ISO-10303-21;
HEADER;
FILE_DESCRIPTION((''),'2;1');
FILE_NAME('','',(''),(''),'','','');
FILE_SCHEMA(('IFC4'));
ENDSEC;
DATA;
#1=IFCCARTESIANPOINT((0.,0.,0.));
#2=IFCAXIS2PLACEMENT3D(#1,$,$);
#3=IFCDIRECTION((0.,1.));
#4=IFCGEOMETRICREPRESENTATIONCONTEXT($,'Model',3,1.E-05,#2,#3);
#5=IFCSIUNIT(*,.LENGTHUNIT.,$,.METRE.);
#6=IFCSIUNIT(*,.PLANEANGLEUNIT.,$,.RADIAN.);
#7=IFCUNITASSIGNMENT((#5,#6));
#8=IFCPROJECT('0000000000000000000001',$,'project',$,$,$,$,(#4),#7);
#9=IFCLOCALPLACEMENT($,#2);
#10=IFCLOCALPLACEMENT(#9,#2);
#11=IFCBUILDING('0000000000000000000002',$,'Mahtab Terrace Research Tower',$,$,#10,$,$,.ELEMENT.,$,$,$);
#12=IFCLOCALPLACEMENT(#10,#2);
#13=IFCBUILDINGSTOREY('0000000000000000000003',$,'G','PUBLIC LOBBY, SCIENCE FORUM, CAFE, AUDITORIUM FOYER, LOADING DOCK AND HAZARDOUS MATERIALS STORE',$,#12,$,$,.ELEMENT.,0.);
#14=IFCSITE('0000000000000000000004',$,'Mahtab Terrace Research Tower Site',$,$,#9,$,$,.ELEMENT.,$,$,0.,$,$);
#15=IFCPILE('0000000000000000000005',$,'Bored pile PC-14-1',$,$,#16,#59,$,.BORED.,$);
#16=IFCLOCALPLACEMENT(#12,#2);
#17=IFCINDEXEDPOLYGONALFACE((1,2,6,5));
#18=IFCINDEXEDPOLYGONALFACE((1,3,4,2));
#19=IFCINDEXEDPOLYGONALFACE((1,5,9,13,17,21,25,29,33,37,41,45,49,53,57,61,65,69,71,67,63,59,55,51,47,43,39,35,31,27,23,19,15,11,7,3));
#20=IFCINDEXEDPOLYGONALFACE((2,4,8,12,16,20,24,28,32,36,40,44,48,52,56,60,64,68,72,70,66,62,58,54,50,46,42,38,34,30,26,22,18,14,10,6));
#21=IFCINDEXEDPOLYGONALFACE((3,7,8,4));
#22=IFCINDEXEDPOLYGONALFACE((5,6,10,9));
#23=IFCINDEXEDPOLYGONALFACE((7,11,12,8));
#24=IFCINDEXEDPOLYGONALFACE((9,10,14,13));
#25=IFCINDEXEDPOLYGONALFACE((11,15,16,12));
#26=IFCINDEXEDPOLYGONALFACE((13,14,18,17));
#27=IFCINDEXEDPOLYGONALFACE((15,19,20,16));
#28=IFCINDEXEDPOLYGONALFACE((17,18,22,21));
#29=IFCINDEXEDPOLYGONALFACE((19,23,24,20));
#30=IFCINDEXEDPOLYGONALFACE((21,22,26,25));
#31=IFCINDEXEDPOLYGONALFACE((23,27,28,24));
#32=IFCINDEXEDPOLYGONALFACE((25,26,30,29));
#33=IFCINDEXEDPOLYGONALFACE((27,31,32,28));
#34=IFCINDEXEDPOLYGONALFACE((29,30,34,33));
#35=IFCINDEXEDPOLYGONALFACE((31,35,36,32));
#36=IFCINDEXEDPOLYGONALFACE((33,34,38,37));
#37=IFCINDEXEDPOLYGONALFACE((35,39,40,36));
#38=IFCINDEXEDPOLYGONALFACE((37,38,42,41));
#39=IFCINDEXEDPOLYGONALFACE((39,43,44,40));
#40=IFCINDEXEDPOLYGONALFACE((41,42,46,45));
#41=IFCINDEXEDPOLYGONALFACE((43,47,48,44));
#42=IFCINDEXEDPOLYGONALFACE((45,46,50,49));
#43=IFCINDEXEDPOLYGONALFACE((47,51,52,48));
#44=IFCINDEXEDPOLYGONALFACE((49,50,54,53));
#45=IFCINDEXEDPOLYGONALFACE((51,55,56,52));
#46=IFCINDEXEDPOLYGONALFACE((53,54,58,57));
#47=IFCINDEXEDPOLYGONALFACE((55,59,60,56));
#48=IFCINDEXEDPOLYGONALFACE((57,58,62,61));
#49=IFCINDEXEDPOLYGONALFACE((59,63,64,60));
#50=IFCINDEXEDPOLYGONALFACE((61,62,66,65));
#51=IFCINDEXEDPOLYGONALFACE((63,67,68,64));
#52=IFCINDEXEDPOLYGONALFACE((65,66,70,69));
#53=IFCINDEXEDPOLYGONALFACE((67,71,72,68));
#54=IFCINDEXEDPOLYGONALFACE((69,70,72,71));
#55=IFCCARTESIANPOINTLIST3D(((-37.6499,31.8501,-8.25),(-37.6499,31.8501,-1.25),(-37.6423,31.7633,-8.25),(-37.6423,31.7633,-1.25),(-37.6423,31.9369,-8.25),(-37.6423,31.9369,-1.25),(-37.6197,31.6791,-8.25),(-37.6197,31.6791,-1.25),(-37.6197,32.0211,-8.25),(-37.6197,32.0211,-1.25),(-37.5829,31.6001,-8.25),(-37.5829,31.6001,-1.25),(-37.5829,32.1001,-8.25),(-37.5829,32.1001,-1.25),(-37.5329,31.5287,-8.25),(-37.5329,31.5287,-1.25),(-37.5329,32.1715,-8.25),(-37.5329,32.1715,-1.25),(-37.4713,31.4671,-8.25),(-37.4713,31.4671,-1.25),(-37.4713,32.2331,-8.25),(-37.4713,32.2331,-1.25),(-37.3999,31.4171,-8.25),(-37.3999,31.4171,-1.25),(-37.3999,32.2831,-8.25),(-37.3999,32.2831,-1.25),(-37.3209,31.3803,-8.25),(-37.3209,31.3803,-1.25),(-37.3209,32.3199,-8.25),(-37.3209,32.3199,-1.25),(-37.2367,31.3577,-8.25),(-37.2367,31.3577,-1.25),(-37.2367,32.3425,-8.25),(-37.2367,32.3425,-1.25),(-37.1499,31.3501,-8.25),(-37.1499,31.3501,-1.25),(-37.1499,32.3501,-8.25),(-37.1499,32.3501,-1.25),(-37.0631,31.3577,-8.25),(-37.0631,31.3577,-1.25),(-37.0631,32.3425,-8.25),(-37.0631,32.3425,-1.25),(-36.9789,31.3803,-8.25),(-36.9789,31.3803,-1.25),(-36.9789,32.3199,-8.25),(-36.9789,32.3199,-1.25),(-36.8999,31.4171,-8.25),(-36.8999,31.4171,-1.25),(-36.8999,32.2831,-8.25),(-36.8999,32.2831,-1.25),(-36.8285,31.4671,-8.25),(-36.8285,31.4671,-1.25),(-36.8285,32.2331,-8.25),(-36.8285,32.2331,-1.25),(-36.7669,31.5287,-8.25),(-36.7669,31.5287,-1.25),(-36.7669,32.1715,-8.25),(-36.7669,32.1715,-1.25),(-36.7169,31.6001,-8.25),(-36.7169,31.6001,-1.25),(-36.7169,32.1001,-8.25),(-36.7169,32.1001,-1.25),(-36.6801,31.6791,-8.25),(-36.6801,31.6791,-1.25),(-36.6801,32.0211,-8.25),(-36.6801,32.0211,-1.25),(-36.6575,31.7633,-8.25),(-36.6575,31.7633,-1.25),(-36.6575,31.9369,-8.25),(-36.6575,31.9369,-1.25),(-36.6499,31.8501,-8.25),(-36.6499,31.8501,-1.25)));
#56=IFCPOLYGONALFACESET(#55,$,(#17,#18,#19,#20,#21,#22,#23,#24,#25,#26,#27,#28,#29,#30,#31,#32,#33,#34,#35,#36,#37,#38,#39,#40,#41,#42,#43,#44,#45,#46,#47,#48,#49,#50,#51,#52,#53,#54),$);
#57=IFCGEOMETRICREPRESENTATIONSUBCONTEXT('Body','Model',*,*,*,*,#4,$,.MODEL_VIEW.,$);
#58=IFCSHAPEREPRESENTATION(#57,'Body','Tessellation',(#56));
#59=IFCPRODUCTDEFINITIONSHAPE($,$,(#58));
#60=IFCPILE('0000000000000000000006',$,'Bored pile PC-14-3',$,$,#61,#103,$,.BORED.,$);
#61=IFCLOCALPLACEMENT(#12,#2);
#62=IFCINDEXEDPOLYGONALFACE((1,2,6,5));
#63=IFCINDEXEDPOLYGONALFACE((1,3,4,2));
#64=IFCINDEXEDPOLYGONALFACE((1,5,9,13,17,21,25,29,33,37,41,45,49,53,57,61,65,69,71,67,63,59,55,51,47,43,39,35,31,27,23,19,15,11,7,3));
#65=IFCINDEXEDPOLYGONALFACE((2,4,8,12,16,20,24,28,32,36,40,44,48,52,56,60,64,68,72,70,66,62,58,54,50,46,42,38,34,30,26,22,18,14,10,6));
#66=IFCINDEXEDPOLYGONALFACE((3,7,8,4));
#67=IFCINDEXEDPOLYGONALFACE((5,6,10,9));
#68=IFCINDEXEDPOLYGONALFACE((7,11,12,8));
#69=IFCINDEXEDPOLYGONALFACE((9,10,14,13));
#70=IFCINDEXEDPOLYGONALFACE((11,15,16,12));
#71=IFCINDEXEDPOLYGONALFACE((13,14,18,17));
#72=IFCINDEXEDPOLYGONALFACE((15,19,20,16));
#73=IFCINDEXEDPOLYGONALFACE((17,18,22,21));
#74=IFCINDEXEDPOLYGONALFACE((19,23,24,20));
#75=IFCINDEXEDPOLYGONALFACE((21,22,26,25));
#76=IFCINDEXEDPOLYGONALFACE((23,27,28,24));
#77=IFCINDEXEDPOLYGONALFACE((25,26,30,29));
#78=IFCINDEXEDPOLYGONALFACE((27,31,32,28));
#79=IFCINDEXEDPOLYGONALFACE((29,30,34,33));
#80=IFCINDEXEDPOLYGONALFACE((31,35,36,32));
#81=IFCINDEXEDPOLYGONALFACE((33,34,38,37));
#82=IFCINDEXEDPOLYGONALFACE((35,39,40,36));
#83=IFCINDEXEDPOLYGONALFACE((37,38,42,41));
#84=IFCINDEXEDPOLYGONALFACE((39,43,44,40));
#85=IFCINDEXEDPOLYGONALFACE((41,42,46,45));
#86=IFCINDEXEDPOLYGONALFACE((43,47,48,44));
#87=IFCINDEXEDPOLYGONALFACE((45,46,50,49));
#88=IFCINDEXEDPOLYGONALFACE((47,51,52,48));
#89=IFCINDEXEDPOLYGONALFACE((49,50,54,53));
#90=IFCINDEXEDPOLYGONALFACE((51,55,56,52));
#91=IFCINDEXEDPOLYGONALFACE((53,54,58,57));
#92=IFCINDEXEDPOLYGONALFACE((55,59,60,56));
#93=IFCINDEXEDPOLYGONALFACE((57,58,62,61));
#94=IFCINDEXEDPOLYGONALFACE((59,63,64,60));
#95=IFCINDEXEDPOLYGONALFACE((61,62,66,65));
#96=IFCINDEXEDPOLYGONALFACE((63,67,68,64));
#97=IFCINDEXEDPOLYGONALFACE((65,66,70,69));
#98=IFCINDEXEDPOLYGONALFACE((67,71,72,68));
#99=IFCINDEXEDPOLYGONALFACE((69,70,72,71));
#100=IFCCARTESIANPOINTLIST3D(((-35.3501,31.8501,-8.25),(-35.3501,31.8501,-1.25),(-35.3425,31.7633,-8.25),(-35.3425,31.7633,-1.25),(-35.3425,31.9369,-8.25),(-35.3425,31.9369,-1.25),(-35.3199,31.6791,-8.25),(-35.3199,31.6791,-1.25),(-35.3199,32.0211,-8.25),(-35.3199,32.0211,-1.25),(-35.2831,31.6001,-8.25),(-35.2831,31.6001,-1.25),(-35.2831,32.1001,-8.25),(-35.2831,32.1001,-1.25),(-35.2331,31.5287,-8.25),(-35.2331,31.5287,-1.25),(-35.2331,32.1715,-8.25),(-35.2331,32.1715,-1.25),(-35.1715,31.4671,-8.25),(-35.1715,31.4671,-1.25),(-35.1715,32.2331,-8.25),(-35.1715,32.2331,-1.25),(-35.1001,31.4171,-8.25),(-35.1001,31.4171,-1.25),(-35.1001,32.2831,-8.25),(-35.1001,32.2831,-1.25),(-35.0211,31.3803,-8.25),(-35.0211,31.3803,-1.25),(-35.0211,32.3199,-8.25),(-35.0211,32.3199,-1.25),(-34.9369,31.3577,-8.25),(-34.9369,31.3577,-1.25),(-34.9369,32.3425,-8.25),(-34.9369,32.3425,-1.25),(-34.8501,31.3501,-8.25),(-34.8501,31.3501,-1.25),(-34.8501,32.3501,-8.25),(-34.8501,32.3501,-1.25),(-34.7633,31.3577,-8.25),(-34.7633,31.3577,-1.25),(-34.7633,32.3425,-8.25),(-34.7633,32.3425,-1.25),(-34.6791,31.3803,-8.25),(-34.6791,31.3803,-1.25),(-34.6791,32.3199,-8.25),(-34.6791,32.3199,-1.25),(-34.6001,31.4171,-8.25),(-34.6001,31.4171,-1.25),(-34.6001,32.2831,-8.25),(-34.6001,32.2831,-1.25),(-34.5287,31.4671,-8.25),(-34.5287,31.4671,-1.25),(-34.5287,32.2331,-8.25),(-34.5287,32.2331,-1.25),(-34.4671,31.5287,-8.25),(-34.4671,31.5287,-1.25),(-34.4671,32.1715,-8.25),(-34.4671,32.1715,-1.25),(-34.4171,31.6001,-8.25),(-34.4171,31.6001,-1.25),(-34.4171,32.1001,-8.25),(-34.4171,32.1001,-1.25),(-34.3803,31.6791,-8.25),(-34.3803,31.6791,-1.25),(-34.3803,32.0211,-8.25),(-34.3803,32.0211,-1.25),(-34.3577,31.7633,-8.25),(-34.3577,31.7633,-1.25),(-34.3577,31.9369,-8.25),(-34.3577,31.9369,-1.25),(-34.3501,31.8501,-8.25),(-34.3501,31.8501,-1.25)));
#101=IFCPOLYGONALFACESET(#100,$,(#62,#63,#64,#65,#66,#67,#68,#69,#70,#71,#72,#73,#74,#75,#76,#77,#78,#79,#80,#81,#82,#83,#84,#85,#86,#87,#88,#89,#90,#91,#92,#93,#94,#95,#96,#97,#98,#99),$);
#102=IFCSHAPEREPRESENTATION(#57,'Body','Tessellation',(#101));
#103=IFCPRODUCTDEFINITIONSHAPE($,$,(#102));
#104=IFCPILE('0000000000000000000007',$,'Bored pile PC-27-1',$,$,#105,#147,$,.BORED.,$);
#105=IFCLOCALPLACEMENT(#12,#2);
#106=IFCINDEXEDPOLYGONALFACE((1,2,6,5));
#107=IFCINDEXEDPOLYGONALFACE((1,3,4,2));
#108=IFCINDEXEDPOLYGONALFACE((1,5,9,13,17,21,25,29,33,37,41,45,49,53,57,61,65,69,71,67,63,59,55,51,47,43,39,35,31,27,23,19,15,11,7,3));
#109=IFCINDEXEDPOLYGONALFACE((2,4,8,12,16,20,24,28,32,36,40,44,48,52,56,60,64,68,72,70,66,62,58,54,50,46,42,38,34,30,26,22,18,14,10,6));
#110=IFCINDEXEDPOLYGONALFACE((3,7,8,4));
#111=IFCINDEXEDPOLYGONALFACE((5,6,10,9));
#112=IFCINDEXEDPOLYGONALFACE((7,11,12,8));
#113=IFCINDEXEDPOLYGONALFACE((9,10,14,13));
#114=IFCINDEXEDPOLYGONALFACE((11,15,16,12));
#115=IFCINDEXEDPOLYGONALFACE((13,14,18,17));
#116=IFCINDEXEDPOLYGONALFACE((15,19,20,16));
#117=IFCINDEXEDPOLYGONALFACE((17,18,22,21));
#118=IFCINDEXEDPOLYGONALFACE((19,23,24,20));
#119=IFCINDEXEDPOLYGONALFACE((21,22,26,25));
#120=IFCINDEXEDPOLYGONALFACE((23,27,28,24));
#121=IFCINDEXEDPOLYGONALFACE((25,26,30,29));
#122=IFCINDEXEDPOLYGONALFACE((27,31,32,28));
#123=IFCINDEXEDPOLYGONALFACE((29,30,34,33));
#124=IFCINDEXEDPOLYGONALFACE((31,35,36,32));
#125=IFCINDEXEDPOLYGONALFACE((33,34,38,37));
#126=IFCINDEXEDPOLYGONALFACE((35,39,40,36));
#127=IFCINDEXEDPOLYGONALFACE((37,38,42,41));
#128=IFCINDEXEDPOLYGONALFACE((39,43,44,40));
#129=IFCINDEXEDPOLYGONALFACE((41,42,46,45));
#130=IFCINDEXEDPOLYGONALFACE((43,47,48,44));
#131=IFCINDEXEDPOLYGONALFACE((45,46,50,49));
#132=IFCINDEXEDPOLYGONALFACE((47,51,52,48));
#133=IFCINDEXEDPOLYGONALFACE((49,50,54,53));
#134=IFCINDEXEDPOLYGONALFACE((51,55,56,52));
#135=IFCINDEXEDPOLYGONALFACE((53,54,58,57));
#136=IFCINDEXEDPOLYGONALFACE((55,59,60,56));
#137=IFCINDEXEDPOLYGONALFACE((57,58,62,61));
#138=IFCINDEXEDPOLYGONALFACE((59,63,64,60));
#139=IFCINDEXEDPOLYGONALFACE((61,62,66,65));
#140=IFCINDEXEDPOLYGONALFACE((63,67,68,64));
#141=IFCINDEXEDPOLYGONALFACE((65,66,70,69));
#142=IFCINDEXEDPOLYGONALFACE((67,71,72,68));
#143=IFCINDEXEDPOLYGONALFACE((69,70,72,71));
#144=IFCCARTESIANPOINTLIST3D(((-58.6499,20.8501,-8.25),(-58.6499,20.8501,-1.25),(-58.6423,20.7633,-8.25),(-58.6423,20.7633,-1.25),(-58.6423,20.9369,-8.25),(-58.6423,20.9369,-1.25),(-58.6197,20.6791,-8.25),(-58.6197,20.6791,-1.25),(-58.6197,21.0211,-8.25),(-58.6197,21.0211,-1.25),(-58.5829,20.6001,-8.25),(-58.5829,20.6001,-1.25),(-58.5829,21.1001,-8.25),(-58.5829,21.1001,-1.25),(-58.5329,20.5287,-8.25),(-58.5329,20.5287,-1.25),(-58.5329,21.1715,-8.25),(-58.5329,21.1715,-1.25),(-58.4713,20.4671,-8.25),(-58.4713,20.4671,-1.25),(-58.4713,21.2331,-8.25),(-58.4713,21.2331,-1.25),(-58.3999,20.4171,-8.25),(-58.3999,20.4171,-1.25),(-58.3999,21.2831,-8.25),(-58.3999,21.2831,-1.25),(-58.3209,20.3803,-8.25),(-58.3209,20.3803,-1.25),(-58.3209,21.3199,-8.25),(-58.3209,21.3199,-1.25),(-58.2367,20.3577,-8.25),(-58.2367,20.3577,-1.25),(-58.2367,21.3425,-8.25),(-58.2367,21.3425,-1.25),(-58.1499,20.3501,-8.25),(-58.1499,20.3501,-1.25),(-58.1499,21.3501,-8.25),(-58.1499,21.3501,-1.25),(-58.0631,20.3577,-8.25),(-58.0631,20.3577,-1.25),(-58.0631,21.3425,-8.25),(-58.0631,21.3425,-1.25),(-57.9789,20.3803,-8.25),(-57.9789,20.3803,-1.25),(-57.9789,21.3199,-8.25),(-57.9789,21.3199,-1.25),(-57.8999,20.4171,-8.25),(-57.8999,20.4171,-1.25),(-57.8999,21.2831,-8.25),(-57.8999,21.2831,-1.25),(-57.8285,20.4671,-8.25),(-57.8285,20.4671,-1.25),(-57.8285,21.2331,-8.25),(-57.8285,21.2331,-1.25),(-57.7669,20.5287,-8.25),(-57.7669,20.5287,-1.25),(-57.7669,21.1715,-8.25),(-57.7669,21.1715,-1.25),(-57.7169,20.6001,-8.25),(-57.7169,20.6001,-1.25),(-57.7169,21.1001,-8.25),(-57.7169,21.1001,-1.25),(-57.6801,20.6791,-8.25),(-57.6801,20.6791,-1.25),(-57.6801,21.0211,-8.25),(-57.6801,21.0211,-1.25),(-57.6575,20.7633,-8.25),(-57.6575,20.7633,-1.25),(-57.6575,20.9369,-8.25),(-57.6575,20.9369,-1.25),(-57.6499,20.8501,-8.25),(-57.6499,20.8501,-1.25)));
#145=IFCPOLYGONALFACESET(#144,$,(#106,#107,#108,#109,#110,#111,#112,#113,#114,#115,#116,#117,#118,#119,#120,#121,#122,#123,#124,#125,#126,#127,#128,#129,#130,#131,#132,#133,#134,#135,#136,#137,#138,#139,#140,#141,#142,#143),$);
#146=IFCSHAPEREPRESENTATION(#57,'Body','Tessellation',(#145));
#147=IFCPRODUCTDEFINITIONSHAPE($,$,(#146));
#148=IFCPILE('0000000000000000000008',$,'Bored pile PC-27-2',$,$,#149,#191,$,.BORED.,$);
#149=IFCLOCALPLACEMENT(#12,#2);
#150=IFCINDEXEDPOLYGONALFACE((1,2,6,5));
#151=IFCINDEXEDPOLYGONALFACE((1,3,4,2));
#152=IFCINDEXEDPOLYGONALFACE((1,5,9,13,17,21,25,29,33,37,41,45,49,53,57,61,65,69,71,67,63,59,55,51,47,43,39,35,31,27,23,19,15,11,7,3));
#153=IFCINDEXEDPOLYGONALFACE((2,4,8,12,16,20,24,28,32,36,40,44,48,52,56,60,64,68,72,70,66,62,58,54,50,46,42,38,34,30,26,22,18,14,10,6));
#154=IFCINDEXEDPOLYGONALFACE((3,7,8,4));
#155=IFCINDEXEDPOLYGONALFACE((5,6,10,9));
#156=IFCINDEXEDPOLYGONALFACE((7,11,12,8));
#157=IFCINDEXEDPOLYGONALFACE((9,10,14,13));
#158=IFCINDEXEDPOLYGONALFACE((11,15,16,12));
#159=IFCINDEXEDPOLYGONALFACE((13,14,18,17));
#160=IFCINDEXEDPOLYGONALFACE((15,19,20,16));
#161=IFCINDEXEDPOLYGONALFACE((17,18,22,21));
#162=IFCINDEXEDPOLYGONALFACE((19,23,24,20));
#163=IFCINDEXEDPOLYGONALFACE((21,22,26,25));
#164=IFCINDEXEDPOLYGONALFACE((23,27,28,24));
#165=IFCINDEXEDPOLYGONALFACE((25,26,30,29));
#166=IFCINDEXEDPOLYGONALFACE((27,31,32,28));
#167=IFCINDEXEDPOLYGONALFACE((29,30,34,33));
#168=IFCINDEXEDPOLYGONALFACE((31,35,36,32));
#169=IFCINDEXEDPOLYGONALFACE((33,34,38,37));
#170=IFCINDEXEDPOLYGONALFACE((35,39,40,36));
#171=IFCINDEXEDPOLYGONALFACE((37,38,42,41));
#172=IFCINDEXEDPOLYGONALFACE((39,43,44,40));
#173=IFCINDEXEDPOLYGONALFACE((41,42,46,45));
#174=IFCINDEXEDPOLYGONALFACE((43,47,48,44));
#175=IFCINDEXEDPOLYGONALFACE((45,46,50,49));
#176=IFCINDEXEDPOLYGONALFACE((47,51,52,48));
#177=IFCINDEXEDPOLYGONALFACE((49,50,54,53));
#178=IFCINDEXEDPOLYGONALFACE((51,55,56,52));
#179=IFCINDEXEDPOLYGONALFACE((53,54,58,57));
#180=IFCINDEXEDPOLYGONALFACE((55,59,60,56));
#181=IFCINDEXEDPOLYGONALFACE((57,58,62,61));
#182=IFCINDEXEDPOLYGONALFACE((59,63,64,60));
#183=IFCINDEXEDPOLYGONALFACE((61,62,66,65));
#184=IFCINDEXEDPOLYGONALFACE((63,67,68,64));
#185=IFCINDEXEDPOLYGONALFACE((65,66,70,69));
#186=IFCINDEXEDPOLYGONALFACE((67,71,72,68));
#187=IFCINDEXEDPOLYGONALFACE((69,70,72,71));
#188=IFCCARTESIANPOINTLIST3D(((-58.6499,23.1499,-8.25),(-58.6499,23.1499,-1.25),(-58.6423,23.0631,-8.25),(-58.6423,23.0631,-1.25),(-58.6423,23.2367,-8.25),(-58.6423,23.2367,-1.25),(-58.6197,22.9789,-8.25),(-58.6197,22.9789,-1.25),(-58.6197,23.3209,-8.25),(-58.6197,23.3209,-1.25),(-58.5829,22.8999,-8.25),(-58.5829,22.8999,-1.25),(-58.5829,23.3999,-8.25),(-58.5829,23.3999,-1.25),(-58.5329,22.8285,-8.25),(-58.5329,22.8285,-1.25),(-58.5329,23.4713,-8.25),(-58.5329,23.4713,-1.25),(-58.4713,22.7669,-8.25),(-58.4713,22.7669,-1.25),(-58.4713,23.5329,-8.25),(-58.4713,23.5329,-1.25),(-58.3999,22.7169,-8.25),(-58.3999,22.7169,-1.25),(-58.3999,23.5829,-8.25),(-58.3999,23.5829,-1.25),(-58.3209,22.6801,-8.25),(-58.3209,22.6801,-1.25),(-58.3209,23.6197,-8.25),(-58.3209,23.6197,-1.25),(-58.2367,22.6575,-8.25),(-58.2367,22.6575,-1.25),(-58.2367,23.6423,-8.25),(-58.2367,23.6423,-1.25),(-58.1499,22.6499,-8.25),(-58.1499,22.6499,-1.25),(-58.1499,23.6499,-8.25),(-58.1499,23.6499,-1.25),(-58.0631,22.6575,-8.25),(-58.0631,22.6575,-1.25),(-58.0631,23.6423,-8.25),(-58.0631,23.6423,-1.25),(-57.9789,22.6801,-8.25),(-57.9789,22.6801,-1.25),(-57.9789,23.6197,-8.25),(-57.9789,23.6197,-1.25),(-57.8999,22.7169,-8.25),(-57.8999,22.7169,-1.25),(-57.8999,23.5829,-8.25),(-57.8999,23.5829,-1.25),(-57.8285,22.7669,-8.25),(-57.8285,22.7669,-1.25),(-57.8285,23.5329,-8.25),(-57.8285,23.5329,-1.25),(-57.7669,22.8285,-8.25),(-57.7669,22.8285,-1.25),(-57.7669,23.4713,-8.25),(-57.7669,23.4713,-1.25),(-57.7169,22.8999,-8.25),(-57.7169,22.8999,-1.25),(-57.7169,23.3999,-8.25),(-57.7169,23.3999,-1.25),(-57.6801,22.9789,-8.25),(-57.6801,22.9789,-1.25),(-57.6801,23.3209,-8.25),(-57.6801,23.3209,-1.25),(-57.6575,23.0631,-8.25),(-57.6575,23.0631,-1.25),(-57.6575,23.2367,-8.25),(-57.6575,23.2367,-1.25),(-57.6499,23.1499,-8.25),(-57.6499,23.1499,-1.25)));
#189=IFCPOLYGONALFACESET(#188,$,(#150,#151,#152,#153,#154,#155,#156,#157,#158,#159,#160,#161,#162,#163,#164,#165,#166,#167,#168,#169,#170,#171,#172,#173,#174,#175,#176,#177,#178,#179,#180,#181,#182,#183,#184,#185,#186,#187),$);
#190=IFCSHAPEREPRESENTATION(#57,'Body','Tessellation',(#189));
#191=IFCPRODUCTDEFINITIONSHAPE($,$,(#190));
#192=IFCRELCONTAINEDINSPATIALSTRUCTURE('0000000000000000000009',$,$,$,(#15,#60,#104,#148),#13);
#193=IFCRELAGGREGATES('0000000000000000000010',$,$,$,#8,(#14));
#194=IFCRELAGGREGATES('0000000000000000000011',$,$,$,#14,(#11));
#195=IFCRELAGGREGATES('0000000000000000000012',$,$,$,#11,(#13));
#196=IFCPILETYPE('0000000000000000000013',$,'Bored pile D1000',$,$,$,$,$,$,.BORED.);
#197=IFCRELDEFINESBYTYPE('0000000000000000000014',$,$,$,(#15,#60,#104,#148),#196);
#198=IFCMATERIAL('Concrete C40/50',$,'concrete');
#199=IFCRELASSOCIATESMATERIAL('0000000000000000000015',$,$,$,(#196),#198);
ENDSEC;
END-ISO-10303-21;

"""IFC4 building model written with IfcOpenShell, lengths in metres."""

from ifc_helpers import new_model, si_unit, direction, frame, origin, origin_2d, place, context, subcontext, project, spatial, circle, extrude, material, material_profile, profile_set, type_object, element, save


model = new_model("IFC4")

# Units and contexts
model_context = context("Model", 3, precision=1e-05, world=origin(), true_north=direction((0.0, 1.0)))
body_context = subcontext(model_context, "Body", "Model", "MODEL_VIEW")
ifc_project = project(units=[si_unit("LENGTHUNIT", "METRE"), si_unit("PLANEANGLEUNIT", "RADIAN")], contexts=[model_context])

# Site, building, storey
site_placement = place(None, origin())
site = spatial("IfcSite", under=ifc_project, at=site_placement, Name="Mahtab Terrace Research Tower Site", CompositionType="ELEMENT", RefElevation=0.0)
building_placement = place(site_placement, origin())
building = spatial("IfcBuilding", under=site, at=building_placement, Name="Mahtab Terrace Research Tower", CompositionType="ELEMENT")
storey_placement = place(building_placement, origin())
storey = spatial("IfcBuildingStorey", under=building, at=storey_placement, Name="G", Description="PUBLIC LOBBY, SCIENCE FORUM, CAFE, AUDITORIUM FOYER, LOADING DOCK AND HAZARDOUS MATERIALS STORE", CompositionType="ELEMENT", Elevation=0.0)

# Piles
ifc_material_1 = material(Name="Concrete C40/50", Category="concrete")
ifc_material_profile_1 = material_profile(ifc_material_1, circle(Radius=0.5, at=origin_2d()), Name="Bored pile D1000")
ifc_profile_set_1 = profile_set([ifc_material_profile_1], Name="Concrete C40/50")
pile_type_1 = type_object("IfcPileType", Name="Bored pile D1000", PredefinedType="BORED", material=ifc_profile_set_1)
for number, where, z_axis, x_axis, name in (
    (1, (-37.1499, 31.8501, -1.25), (0.0, 0.0, -1.0), (1.0, 0.0, 0.0), "Bored pile PC-14-1"),
    (2, (-34.8501, 31.8501, -1.25), (0.0, 0.0, -1.0), (1.0, 0.0, 0.0), "Bored pile PC-14-3"),
    (3, (-58.1499, 20.8501, -1.25), (0.0, 0.0, -1.0), (1.0, 0.0, 0.0), "Bored pile PC-27-1"),
    (4, (-58.1499, 23.1499, -1.25), (0.0, 0.0, -1.0), (1.0, 0.0, 0.0), "Bored pile PC-27-2"),
):
    element("IfcPile", number, at=place(storey_placement, frame(where, z_axis=z_axis, x_axis=x_axis)), inside=storey, type_object=pile_type_1, Name=name, PredefinedType="BORED", context=body_context, shape_type="SweptSolid", body=[
        extrude(circle(Radius=0.5, at=origin_2d()), origin(), (0.0, 0.0, 1.0), 7.0),
    ])

save(model, "model.ifc")
